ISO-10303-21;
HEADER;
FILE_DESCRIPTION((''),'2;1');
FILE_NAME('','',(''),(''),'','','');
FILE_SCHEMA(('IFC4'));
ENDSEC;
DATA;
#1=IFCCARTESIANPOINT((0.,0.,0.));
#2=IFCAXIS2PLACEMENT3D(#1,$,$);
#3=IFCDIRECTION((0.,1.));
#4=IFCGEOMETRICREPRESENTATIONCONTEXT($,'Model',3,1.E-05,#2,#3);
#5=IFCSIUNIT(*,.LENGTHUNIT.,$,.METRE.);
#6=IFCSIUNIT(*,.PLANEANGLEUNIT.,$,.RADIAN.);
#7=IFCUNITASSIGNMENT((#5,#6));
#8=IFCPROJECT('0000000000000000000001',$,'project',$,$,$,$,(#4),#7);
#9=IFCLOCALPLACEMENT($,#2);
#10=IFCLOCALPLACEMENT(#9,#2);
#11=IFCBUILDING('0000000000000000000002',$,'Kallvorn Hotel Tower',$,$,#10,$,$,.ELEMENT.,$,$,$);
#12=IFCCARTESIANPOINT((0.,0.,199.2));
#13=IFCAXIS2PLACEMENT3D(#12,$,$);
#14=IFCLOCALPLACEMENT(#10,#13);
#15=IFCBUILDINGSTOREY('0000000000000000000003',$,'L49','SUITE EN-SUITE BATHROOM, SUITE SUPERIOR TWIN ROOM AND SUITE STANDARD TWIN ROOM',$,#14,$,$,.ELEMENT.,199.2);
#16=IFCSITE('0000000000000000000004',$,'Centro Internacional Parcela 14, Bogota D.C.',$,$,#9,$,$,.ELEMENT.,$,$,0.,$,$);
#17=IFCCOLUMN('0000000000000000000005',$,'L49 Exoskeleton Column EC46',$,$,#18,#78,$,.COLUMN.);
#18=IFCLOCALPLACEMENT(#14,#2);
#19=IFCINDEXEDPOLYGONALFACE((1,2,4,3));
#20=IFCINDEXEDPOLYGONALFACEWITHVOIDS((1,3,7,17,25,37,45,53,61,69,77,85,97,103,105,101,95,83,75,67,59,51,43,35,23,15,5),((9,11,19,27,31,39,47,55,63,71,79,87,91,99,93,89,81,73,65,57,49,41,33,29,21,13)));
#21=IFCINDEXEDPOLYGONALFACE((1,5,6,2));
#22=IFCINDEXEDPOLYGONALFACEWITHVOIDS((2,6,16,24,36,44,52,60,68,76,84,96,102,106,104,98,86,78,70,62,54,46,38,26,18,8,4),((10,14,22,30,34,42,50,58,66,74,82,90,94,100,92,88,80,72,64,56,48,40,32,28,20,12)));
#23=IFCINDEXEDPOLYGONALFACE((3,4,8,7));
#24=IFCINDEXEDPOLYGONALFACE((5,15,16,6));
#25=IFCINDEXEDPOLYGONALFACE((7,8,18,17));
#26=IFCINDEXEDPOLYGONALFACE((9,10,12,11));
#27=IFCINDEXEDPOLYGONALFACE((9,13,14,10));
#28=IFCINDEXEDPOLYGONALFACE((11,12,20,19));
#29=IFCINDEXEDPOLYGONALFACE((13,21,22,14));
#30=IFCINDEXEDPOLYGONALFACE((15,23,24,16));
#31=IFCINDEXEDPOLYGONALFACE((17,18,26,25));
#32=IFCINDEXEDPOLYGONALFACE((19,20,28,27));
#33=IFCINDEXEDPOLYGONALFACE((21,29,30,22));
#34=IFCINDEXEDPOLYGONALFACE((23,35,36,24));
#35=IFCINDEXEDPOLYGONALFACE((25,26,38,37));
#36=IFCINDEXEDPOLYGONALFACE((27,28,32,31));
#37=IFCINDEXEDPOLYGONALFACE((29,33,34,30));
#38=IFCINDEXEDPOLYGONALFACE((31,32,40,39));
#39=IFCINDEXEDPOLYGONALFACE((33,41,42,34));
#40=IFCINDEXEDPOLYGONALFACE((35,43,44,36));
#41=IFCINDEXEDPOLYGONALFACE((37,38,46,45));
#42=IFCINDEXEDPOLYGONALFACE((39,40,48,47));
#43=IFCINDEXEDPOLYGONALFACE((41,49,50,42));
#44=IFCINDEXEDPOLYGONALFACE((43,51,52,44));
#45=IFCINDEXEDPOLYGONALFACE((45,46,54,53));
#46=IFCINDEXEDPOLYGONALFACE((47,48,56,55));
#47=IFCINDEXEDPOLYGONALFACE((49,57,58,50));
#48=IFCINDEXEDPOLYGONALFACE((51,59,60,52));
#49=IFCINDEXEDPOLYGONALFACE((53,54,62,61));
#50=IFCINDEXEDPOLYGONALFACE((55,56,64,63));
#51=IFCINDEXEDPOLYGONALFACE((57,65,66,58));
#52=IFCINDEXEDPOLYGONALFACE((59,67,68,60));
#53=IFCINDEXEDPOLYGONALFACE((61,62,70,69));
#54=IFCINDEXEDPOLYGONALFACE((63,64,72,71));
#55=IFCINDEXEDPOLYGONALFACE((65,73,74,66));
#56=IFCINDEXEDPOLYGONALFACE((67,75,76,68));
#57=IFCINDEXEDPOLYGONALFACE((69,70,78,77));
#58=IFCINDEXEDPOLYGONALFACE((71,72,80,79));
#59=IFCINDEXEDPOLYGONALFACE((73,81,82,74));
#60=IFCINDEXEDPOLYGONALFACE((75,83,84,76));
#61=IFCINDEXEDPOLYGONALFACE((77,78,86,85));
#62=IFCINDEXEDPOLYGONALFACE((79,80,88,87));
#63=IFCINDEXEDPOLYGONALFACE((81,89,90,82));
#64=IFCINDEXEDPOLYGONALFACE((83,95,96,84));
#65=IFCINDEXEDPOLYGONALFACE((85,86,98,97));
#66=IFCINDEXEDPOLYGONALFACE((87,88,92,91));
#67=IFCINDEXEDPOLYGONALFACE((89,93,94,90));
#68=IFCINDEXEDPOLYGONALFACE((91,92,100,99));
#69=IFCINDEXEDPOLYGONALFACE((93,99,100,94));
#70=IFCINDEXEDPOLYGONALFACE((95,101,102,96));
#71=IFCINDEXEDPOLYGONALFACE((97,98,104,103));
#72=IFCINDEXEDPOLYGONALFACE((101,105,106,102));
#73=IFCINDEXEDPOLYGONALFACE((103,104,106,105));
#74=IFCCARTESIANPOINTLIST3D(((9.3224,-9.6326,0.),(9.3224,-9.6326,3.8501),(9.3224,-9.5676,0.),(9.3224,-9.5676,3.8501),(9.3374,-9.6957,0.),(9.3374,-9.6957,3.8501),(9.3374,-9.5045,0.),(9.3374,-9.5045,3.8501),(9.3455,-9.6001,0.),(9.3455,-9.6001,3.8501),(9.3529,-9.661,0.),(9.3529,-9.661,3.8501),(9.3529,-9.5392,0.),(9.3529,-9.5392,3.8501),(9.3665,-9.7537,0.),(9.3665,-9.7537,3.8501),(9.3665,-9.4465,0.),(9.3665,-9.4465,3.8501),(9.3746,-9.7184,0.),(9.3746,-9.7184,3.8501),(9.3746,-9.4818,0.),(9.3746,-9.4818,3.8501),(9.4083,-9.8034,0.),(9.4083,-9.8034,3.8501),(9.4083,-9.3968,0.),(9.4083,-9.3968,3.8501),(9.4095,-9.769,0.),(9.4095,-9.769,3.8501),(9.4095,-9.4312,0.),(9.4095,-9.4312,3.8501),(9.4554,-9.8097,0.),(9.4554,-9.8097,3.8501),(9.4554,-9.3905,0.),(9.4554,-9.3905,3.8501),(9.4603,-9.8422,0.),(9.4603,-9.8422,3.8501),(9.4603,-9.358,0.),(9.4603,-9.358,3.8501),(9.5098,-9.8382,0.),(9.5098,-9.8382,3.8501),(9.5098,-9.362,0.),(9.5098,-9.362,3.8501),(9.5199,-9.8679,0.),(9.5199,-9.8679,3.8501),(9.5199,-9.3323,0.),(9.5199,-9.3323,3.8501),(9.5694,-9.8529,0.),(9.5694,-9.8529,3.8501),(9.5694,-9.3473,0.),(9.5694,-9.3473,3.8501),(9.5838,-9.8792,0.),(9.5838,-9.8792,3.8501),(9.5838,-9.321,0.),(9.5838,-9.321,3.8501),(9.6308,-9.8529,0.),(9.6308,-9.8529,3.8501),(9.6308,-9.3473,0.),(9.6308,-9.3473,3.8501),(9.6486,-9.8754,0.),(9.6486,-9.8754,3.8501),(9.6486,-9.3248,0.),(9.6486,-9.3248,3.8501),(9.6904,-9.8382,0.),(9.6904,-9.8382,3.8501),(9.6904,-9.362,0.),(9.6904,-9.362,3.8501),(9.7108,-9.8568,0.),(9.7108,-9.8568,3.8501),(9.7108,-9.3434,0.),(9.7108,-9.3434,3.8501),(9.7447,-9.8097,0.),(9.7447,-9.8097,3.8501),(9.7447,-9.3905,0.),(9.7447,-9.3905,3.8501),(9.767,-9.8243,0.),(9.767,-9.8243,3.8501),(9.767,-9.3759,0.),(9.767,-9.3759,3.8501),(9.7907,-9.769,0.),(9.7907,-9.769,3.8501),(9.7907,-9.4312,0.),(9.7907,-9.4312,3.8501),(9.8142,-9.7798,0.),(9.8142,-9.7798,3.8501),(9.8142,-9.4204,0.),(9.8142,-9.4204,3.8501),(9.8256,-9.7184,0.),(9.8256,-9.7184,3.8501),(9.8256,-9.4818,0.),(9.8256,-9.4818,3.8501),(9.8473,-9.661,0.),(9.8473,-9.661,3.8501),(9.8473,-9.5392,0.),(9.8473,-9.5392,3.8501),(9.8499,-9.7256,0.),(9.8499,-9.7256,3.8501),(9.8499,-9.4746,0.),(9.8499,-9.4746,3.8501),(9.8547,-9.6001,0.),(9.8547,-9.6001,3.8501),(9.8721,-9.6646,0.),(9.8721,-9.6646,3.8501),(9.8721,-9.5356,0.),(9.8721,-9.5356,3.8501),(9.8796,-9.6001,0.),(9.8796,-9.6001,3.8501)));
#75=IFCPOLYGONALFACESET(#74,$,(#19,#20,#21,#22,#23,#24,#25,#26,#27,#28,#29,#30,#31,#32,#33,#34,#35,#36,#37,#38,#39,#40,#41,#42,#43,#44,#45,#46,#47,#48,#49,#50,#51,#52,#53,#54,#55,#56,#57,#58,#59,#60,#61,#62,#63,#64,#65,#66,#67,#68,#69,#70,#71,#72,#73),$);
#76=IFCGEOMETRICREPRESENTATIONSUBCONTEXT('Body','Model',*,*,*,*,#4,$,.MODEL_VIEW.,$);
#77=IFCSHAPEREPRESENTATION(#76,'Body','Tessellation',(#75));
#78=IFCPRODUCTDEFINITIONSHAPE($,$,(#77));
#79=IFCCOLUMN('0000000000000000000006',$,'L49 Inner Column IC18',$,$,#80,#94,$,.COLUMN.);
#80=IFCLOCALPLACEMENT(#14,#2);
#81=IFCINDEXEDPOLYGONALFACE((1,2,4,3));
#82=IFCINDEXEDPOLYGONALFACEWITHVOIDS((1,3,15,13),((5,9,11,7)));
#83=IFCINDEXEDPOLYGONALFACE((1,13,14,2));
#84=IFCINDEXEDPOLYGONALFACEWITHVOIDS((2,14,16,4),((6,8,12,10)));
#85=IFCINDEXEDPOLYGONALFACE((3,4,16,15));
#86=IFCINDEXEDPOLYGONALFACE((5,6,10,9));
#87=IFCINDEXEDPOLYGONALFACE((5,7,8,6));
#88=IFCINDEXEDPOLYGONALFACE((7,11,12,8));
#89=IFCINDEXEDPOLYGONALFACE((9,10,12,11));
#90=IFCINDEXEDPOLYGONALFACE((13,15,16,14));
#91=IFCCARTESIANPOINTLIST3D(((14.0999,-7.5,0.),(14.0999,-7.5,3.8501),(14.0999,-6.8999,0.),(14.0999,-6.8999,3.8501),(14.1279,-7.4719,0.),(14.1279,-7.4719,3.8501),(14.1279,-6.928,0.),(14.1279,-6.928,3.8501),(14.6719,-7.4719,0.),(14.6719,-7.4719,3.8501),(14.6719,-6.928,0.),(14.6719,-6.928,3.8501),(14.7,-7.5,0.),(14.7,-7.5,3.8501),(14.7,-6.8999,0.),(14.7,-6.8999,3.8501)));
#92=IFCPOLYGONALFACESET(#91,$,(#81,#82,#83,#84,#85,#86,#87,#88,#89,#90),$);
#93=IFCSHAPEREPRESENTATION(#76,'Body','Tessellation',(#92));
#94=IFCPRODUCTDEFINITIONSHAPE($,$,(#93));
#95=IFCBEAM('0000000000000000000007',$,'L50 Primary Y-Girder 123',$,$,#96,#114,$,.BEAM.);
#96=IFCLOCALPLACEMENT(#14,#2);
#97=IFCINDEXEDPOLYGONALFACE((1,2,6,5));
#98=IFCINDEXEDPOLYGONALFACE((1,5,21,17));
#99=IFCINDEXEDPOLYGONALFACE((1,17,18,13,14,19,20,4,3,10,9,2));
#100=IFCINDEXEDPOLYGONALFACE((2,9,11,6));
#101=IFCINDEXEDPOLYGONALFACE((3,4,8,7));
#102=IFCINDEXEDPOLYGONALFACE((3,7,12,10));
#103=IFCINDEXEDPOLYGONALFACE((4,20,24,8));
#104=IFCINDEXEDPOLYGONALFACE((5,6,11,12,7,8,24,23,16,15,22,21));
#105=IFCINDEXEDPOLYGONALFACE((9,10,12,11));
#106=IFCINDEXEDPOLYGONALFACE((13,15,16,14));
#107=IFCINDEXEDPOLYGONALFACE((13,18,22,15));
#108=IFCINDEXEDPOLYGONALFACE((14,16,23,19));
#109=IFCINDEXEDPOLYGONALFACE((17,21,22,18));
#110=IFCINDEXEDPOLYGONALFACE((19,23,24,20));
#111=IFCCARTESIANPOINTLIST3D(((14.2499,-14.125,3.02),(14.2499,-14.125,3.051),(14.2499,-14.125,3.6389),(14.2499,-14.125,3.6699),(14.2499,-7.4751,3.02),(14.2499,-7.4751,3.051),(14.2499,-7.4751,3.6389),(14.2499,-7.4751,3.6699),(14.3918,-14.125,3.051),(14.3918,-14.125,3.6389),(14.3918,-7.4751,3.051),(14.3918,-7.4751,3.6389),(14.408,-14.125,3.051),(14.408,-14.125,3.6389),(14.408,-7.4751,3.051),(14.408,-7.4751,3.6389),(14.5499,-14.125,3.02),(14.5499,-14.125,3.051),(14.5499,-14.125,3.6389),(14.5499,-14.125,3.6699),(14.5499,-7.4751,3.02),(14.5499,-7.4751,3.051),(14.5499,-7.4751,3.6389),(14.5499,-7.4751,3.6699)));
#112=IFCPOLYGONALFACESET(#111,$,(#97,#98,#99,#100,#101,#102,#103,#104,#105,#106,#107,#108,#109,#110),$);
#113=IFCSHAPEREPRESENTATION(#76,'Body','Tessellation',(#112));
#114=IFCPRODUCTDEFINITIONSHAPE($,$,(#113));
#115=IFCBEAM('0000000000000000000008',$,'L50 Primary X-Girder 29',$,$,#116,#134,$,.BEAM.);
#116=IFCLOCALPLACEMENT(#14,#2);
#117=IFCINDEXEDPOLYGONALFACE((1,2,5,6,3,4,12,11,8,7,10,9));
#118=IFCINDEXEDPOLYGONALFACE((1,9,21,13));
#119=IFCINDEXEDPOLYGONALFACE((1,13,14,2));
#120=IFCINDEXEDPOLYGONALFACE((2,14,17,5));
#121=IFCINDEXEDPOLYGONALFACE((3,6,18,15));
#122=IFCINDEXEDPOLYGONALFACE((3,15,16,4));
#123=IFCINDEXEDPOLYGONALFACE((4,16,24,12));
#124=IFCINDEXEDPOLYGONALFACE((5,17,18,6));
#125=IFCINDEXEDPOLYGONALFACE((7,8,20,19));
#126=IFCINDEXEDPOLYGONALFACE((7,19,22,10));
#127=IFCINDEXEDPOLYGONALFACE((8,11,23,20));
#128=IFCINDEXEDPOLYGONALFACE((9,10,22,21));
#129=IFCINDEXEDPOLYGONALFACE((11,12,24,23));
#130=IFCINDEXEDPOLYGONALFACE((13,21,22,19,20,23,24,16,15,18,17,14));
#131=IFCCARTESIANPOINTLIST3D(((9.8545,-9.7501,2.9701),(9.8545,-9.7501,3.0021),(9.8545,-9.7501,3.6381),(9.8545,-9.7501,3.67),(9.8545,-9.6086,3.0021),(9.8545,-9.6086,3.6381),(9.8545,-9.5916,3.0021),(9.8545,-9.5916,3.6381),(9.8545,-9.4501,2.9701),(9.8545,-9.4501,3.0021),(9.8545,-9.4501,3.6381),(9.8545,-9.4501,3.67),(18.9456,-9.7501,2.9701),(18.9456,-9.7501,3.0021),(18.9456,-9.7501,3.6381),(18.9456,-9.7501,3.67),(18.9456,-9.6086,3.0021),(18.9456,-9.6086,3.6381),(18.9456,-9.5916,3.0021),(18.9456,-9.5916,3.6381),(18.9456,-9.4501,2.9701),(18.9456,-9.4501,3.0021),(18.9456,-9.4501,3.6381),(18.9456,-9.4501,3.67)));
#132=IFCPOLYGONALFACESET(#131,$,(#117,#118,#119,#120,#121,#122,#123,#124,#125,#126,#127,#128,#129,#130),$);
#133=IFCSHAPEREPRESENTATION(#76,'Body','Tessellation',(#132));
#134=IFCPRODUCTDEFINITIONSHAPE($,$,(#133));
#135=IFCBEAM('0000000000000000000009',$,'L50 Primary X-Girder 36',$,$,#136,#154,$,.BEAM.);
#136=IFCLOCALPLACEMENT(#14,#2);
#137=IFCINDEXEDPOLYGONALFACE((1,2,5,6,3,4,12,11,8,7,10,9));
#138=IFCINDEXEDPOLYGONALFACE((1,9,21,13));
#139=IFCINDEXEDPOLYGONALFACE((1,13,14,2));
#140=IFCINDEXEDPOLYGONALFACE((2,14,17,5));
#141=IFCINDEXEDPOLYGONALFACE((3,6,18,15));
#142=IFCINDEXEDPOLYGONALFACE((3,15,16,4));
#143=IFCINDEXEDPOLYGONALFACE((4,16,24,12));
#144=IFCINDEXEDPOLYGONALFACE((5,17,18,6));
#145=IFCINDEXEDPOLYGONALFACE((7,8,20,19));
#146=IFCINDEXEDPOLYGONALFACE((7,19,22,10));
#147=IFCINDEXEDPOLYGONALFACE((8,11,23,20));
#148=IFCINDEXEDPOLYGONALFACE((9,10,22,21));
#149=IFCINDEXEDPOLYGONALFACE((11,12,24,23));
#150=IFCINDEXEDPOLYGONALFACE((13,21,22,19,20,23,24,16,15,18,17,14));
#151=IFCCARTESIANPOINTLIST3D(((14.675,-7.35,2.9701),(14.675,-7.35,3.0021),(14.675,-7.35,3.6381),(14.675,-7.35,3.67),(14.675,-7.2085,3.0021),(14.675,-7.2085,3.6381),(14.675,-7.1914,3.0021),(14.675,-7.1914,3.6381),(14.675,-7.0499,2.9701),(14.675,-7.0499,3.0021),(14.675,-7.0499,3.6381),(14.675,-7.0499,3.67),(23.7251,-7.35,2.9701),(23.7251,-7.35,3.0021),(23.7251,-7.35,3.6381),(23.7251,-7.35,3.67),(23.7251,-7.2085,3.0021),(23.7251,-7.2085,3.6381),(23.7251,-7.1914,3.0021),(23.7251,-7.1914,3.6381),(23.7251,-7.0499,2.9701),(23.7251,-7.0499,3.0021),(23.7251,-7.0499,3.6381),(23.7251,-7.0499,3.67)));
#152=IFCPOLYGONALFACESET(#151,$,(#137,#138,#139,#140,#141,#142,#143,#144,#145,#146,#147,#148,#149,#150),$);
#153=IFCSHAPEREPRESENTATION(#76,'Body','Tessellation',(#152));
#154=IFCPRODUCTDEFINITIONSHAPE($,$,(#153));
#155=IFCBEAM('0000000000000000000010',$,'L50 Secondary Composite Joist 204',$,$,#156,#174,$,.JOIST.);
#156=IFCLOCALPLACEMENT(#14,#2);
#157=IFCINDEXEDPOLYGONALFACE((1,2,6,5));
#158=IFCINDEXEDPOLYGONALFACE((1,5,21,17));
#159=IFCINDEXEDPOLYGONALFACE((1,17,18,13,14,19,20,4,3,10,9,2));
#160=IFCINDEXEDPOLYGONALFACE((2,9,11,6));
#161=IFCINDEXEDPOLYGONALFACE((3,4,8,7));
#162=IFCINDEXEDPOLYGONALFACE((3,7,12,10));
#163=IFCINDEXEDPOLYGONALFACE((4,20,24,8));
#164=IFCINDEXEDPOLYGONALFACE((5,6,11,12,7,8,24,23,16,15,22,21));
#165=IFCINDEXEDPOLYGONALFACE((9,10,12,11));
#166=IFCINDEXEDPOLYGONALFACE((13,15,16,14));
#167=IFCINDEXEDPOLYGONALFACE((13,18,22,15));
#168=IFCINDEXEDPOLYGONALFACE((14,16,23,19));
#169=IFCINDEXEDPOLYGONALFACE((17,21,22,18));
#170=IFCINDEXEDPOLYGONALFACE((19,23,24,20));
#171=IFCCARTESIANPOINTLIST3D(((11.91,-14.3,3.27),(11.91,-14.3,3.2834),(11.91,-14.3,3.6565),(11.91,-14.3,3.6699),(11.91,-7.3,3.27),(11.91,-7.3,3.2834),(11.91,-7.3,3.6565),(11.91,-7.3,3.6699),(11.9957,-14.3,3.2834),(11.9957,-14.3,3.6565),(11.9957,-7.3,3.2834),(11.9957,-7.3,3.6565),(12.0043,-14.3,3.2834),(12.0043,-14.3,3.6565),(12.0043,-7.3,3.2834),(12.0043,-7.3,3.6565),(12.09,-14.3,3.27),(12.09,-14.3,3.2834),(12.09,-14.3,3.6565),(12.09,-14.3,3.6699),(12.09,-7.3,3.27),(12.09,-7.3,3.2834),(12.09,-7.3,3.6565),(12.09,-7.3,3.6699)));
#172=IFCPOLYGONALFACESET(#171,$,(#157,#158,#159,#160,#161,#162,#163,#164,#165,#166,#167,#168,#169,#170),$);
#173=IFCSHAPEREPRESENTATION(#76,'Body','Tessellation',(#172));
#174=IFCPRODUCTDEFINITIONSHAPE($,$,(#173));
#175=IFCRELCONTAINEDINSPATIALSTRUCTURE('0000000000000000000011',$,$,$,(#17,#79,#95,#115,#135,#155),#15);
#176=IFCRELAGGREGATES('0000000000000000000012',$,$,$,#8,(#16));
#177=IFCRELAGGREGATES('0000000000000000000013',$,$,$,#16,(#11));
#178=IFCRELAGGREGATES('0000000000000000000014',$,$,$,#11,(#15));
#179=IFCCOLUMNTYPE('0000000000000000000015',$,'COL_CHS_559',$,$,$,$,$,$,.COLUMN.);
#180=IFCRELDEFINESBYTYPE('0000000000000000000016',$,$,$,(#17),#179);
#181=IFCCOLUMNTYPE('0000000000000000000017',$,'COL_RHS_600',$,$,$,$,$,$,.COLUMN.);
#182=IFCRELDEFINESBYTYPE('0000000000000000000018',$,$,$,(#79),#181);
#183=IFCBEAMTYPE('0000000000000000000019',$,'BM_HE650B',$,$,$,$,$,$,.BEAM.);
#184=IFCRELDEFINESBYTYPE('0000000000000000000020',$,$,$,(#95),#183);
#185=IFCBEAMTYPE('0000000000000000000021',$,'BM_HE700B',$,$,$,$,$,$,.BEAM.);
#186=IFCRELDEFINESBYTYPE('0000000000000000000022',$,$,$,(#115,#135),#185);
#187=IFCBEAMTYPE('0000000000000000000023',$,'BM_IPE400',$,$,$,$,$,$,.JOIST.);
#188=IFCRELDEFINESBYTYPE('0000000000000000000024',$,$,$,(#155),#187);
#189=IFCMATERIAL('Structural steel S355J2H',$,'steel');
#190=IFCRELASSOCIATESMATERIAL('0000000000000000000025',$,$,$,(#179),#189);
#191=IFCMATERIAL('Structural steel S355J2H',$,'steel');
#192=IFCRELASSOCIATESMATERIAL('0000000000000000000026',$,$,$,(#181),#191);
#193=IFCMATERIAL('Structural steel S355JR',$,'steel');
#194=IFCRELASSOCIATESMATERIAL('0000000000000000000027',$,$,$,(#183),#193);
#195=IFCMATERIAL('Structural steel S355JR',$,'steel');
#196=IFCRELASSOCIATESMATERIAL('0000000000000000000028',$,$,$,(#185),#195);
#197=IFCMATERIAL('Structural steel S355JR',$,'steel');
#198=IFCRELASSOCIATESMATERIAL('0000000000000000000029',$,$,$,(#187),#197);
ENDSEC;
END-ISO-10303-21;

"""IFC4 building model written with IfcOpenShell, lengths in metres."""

from ifc_helpers import new_model, si_unit, direction, frame, origin, origin_2d, place, context, subcontext, project, spatial, hollow_rectangle, hollow_circle, i_section, extrude, material, material_profile, profile_set, type_object, element, save


model = new_model("IFC4")

# Units and contexts
model_context = context("Model", 3, precision=1e-05, world=origin(), true_north=direction((0.0, 1.0)))
body_context = subcontext(model_context, "Body", "Model", "MODEL_VIEW")
ifc_project = project(units=[si_unit("LENGTHUNIT", "METRE"), si_unit("PLANEANGLEUNIT", "RADIAN")], contexts=[model_context])

# Site, building, storey
site_placement = place(None, origin())
site = spatial("IfcSite", under=ifc_project, at=site_placement, Name="Centro Internacional Parcela 14, Bogota D.C.", CompositionType="ELEMENT", RefElevation=0.0)
building_placement = place(site_placement, origin())
building = spatial("IfcBuilding", under=site, at=building_placement, Name="Kallvorn Hotel Tower", CompositionType="ELEMENT")
storey_placement = place(building_placement, frame((0.0, 0.0, 199.2)))
storey = spatial("IfcBuildingStorey", under=building, at=storey_placement, Name="L49", Description="SUITE EN-SUITE BATHROOM, SUITE SUPERIOR TWIN ROOM AND SUITE STANDARD TWIN ROOM", CompositionType="ELEMENT", Elevation=199.2)

# Columns
ifc_material_1 = material(Name="Structural steel S355J2H", Category="steel")
ifc_material_profile_1 = material_profile(ifc_material_1, hollow_circle(Radius=0.2795, WallThickness=0.0249, at=origin_2d()), Name="CHS 559x25")
ifc_profile_set_1 = profile_set([ifc_material_profile_1], Name="Structural steel S355J2H")
column_type_1 = type_object("IfcColumnType", Name="COL_CHS_559", PredefinedType="COLUMN", material=ifc_profile_set_1)
column_1_placement = place(storey_placement, frame((9.6001, -9.6001, 0.0), z_axis=(0.0, 0.0, 1.0), x_axis=(1.0, 0.0, 0.0)))
element("IfcColumn", 1, at=column_1_placement, inside=storey, type_object=column_type_1, Name="L49 Exoskeleton Column EC46", PredefinedType="COLUMN", context=body_context, shape_type="SweptSolid", body=[
    extrude(hollow_circle(Radius=0.2795, WallThickness=0.0249, at=origin_2d()), origin(), (0.0, 0.0, 1.0), 3.8501),
])
ifc_material_2 = material(Name="Structural steel S355J2H", Category="steel")
ifc_material_profile_2 = material_profile(ifc_material_2, hollow_rectangle(XDim=0.6001, YDim=0.6001, WallThickness=0.0281, at=origin_2d()), Name="RHS 600x600x28")
ifc_profile_set_2 = profile_set([ifc_material_profile_2], Name="Structural steel S355J2H")
column_type_2 = type_object("IfcColumnType", Name="COL_RHS_600", PredefinedType="COLUMN", material=ifc_profile_set_2)
column_2_placement = place(storey_placement, frame((14.3999, -7.2, 0.0), z_axis=(0.0, 0.0, 1.0), x_axis=(1.0, 0.0, 0.0)))
element("IfcColumn", 2, at=column_2_placement, inside=storey, type_object=column_type_2, Name="L49 Inner Column IC18", PredefinedType="COLUMN", context=body_context, shape_type="SweptSolid", body=[
    extrude(hollow_rectangle(XDim=0.6001, YDim=0.6001, WallThickness=0.0281, at=origin_2d()), origin(), (0.0, 0.0, 1.0), 3.8501),
])

# Beams
ifc_material_3 = material(Name="Structural steel S355JR", Category="steel")
ifc_material_profile_3 = material_profile(ifc_material_3, i_section(OverallWidth=0.3, OverallDepth=0.6499, WebThickness=0.0161, FlangeThickness=0.031, at=origin_2d()), Name="HE 650 B")
ifc_profile_set_3 = profile_set([ifc_material_profile_3], Name="Structural steel S355JR")
beam_type_1 = type_object("IfcBeamType", Name="BM_HE650B", PredefinedType="BEAM", material=ifc_profile_set_3)
beam_1_placement = place(storey_placement, frame((14.3999, -14.125, 3.345), z_axis=(0.0, 1.0, 0.0), x_axis=(-1.0, 0.0, 0.0)))
element("IfcBeam", 3, at=beam_1_placement, inside=storey, type_object=beam_type_1, Name="L50 Primary Y-Girder 123", PredefinedType="BEAM", context=body_context, shape_type="SweptSolid", body=[
    extrude(i_section(OverallWidth=0.3, OverallDepth=0.6499, WebThickness=0.0161, FlangeThickness=0.031, at=origin_2d()), origin(), (0.0, 0.0, 1.0), 6.6499),
])
ifc_material_4 = material(Name="Structural steel S355JR", Category="steel")
ifc_material_profile_4 = material_profile(ifc_material_4, i_section(OverallWidth=0.3, OverallDepth=0.7, WebThickness=0.0171, FlangeThickness=0.032, at=origin_2d()), Name="HE 700 B")
ifc_profile_set_4 = profile_set([ifc_material_profile_4], Name="Structural steel S355JR")
beam_type_2 = type_object("IfcBeamType", Name="BM_HE700B", PredefinedType="BEAM", material=ifc_profile_set_4)
beam_2_placement = place(storey_placement, frame((9.8545, -9.6001, 3.3201), z_axis=(1.0, 0.0, 0.0), x_axis=(0.0, 1.0, 0.0)))
element("IfcBeam", 4, at=beam_2_placement, inside=storey, type_object=beam_type_2, Name="L50 Primary X-Girder 29", PredefinedType="BEAM", context=body_context, shape_type="SweptSolid", body=[
    extrude(i_section(OverallWidth=0.3, OverallDepth=0.7, WebThickness=0.0171, FlangeThickness=0.032, at=origin_2d()), origin(), (0.0, 0.0, 1.0), 9.0911),
])
beam_3_placement = place(storey_placement, frame((14.675, -7.2, 3.3201), z_axis=(1.0, 0.0, 0.0), x_axis=(0.0, 1.0, 0.0)))
element("IfcBeam", 5, at=beam_3_placement, inside=storey, type_object=beam_type_2, Name="L50 Primary X-Girder 36", PredefinedType="BEAM", context=body_context, shape_type="SweptSolid", body=[
    extrude(i_section(OverallWidth=0.3, OverallDepth=0.7, WebThickness=0.0171, FlangeThickness=0.032, at=origin_2d()), origin(), (0.0, 0.0, 1.0), 9.05),
])
ifc_material_5 = material(Name="Structural steel S355JR", Category="steel")
ifc_material_profile_5 = material_profile(ifc_material_5, i_section(OverallWidth=0.1799, OverallDepth=0.3999, WebThickness=0.0085, FlangeThickness=0.0134, at=origin_2d()), Name="IPE 400")
ifc_profile_set_5 = profile_set([ifc_material_profile_5], Name="Structural steel S355JR")
beam_type_3 = type_object("IfcBeamType", Name="BM_IPE400", PredefinedType="JOIST", material=ifc_profile_set_5)
for number, where, z_axis, x_axis, name in (
    (6, (12.0, -14.3, 3.47), (0.0, 1.0, 0.0), (-1.0, 0.0, 0.0), "L50 Secondary Composite Joist 204"),
):
    element("IfcBeam", number, at=place(storey_placement, frame(where, z_axis=z_axis, x_axis=x_axis)), inside=storey, type_object=beam_type_3, Name=name, PredefinedType="JOIST", context=body_context, shape_type="SweptSolid", body=[
        extrude(i_section(OverallWidth=0.1799, OverallDepth=0.3999, WebThickness=0.0085, FlangeThickness=0.0134, at=origin_2d()), origin(), (0.0, 0.0, 1.0), 7.0),
    ])

save(model, "model.ifc")
